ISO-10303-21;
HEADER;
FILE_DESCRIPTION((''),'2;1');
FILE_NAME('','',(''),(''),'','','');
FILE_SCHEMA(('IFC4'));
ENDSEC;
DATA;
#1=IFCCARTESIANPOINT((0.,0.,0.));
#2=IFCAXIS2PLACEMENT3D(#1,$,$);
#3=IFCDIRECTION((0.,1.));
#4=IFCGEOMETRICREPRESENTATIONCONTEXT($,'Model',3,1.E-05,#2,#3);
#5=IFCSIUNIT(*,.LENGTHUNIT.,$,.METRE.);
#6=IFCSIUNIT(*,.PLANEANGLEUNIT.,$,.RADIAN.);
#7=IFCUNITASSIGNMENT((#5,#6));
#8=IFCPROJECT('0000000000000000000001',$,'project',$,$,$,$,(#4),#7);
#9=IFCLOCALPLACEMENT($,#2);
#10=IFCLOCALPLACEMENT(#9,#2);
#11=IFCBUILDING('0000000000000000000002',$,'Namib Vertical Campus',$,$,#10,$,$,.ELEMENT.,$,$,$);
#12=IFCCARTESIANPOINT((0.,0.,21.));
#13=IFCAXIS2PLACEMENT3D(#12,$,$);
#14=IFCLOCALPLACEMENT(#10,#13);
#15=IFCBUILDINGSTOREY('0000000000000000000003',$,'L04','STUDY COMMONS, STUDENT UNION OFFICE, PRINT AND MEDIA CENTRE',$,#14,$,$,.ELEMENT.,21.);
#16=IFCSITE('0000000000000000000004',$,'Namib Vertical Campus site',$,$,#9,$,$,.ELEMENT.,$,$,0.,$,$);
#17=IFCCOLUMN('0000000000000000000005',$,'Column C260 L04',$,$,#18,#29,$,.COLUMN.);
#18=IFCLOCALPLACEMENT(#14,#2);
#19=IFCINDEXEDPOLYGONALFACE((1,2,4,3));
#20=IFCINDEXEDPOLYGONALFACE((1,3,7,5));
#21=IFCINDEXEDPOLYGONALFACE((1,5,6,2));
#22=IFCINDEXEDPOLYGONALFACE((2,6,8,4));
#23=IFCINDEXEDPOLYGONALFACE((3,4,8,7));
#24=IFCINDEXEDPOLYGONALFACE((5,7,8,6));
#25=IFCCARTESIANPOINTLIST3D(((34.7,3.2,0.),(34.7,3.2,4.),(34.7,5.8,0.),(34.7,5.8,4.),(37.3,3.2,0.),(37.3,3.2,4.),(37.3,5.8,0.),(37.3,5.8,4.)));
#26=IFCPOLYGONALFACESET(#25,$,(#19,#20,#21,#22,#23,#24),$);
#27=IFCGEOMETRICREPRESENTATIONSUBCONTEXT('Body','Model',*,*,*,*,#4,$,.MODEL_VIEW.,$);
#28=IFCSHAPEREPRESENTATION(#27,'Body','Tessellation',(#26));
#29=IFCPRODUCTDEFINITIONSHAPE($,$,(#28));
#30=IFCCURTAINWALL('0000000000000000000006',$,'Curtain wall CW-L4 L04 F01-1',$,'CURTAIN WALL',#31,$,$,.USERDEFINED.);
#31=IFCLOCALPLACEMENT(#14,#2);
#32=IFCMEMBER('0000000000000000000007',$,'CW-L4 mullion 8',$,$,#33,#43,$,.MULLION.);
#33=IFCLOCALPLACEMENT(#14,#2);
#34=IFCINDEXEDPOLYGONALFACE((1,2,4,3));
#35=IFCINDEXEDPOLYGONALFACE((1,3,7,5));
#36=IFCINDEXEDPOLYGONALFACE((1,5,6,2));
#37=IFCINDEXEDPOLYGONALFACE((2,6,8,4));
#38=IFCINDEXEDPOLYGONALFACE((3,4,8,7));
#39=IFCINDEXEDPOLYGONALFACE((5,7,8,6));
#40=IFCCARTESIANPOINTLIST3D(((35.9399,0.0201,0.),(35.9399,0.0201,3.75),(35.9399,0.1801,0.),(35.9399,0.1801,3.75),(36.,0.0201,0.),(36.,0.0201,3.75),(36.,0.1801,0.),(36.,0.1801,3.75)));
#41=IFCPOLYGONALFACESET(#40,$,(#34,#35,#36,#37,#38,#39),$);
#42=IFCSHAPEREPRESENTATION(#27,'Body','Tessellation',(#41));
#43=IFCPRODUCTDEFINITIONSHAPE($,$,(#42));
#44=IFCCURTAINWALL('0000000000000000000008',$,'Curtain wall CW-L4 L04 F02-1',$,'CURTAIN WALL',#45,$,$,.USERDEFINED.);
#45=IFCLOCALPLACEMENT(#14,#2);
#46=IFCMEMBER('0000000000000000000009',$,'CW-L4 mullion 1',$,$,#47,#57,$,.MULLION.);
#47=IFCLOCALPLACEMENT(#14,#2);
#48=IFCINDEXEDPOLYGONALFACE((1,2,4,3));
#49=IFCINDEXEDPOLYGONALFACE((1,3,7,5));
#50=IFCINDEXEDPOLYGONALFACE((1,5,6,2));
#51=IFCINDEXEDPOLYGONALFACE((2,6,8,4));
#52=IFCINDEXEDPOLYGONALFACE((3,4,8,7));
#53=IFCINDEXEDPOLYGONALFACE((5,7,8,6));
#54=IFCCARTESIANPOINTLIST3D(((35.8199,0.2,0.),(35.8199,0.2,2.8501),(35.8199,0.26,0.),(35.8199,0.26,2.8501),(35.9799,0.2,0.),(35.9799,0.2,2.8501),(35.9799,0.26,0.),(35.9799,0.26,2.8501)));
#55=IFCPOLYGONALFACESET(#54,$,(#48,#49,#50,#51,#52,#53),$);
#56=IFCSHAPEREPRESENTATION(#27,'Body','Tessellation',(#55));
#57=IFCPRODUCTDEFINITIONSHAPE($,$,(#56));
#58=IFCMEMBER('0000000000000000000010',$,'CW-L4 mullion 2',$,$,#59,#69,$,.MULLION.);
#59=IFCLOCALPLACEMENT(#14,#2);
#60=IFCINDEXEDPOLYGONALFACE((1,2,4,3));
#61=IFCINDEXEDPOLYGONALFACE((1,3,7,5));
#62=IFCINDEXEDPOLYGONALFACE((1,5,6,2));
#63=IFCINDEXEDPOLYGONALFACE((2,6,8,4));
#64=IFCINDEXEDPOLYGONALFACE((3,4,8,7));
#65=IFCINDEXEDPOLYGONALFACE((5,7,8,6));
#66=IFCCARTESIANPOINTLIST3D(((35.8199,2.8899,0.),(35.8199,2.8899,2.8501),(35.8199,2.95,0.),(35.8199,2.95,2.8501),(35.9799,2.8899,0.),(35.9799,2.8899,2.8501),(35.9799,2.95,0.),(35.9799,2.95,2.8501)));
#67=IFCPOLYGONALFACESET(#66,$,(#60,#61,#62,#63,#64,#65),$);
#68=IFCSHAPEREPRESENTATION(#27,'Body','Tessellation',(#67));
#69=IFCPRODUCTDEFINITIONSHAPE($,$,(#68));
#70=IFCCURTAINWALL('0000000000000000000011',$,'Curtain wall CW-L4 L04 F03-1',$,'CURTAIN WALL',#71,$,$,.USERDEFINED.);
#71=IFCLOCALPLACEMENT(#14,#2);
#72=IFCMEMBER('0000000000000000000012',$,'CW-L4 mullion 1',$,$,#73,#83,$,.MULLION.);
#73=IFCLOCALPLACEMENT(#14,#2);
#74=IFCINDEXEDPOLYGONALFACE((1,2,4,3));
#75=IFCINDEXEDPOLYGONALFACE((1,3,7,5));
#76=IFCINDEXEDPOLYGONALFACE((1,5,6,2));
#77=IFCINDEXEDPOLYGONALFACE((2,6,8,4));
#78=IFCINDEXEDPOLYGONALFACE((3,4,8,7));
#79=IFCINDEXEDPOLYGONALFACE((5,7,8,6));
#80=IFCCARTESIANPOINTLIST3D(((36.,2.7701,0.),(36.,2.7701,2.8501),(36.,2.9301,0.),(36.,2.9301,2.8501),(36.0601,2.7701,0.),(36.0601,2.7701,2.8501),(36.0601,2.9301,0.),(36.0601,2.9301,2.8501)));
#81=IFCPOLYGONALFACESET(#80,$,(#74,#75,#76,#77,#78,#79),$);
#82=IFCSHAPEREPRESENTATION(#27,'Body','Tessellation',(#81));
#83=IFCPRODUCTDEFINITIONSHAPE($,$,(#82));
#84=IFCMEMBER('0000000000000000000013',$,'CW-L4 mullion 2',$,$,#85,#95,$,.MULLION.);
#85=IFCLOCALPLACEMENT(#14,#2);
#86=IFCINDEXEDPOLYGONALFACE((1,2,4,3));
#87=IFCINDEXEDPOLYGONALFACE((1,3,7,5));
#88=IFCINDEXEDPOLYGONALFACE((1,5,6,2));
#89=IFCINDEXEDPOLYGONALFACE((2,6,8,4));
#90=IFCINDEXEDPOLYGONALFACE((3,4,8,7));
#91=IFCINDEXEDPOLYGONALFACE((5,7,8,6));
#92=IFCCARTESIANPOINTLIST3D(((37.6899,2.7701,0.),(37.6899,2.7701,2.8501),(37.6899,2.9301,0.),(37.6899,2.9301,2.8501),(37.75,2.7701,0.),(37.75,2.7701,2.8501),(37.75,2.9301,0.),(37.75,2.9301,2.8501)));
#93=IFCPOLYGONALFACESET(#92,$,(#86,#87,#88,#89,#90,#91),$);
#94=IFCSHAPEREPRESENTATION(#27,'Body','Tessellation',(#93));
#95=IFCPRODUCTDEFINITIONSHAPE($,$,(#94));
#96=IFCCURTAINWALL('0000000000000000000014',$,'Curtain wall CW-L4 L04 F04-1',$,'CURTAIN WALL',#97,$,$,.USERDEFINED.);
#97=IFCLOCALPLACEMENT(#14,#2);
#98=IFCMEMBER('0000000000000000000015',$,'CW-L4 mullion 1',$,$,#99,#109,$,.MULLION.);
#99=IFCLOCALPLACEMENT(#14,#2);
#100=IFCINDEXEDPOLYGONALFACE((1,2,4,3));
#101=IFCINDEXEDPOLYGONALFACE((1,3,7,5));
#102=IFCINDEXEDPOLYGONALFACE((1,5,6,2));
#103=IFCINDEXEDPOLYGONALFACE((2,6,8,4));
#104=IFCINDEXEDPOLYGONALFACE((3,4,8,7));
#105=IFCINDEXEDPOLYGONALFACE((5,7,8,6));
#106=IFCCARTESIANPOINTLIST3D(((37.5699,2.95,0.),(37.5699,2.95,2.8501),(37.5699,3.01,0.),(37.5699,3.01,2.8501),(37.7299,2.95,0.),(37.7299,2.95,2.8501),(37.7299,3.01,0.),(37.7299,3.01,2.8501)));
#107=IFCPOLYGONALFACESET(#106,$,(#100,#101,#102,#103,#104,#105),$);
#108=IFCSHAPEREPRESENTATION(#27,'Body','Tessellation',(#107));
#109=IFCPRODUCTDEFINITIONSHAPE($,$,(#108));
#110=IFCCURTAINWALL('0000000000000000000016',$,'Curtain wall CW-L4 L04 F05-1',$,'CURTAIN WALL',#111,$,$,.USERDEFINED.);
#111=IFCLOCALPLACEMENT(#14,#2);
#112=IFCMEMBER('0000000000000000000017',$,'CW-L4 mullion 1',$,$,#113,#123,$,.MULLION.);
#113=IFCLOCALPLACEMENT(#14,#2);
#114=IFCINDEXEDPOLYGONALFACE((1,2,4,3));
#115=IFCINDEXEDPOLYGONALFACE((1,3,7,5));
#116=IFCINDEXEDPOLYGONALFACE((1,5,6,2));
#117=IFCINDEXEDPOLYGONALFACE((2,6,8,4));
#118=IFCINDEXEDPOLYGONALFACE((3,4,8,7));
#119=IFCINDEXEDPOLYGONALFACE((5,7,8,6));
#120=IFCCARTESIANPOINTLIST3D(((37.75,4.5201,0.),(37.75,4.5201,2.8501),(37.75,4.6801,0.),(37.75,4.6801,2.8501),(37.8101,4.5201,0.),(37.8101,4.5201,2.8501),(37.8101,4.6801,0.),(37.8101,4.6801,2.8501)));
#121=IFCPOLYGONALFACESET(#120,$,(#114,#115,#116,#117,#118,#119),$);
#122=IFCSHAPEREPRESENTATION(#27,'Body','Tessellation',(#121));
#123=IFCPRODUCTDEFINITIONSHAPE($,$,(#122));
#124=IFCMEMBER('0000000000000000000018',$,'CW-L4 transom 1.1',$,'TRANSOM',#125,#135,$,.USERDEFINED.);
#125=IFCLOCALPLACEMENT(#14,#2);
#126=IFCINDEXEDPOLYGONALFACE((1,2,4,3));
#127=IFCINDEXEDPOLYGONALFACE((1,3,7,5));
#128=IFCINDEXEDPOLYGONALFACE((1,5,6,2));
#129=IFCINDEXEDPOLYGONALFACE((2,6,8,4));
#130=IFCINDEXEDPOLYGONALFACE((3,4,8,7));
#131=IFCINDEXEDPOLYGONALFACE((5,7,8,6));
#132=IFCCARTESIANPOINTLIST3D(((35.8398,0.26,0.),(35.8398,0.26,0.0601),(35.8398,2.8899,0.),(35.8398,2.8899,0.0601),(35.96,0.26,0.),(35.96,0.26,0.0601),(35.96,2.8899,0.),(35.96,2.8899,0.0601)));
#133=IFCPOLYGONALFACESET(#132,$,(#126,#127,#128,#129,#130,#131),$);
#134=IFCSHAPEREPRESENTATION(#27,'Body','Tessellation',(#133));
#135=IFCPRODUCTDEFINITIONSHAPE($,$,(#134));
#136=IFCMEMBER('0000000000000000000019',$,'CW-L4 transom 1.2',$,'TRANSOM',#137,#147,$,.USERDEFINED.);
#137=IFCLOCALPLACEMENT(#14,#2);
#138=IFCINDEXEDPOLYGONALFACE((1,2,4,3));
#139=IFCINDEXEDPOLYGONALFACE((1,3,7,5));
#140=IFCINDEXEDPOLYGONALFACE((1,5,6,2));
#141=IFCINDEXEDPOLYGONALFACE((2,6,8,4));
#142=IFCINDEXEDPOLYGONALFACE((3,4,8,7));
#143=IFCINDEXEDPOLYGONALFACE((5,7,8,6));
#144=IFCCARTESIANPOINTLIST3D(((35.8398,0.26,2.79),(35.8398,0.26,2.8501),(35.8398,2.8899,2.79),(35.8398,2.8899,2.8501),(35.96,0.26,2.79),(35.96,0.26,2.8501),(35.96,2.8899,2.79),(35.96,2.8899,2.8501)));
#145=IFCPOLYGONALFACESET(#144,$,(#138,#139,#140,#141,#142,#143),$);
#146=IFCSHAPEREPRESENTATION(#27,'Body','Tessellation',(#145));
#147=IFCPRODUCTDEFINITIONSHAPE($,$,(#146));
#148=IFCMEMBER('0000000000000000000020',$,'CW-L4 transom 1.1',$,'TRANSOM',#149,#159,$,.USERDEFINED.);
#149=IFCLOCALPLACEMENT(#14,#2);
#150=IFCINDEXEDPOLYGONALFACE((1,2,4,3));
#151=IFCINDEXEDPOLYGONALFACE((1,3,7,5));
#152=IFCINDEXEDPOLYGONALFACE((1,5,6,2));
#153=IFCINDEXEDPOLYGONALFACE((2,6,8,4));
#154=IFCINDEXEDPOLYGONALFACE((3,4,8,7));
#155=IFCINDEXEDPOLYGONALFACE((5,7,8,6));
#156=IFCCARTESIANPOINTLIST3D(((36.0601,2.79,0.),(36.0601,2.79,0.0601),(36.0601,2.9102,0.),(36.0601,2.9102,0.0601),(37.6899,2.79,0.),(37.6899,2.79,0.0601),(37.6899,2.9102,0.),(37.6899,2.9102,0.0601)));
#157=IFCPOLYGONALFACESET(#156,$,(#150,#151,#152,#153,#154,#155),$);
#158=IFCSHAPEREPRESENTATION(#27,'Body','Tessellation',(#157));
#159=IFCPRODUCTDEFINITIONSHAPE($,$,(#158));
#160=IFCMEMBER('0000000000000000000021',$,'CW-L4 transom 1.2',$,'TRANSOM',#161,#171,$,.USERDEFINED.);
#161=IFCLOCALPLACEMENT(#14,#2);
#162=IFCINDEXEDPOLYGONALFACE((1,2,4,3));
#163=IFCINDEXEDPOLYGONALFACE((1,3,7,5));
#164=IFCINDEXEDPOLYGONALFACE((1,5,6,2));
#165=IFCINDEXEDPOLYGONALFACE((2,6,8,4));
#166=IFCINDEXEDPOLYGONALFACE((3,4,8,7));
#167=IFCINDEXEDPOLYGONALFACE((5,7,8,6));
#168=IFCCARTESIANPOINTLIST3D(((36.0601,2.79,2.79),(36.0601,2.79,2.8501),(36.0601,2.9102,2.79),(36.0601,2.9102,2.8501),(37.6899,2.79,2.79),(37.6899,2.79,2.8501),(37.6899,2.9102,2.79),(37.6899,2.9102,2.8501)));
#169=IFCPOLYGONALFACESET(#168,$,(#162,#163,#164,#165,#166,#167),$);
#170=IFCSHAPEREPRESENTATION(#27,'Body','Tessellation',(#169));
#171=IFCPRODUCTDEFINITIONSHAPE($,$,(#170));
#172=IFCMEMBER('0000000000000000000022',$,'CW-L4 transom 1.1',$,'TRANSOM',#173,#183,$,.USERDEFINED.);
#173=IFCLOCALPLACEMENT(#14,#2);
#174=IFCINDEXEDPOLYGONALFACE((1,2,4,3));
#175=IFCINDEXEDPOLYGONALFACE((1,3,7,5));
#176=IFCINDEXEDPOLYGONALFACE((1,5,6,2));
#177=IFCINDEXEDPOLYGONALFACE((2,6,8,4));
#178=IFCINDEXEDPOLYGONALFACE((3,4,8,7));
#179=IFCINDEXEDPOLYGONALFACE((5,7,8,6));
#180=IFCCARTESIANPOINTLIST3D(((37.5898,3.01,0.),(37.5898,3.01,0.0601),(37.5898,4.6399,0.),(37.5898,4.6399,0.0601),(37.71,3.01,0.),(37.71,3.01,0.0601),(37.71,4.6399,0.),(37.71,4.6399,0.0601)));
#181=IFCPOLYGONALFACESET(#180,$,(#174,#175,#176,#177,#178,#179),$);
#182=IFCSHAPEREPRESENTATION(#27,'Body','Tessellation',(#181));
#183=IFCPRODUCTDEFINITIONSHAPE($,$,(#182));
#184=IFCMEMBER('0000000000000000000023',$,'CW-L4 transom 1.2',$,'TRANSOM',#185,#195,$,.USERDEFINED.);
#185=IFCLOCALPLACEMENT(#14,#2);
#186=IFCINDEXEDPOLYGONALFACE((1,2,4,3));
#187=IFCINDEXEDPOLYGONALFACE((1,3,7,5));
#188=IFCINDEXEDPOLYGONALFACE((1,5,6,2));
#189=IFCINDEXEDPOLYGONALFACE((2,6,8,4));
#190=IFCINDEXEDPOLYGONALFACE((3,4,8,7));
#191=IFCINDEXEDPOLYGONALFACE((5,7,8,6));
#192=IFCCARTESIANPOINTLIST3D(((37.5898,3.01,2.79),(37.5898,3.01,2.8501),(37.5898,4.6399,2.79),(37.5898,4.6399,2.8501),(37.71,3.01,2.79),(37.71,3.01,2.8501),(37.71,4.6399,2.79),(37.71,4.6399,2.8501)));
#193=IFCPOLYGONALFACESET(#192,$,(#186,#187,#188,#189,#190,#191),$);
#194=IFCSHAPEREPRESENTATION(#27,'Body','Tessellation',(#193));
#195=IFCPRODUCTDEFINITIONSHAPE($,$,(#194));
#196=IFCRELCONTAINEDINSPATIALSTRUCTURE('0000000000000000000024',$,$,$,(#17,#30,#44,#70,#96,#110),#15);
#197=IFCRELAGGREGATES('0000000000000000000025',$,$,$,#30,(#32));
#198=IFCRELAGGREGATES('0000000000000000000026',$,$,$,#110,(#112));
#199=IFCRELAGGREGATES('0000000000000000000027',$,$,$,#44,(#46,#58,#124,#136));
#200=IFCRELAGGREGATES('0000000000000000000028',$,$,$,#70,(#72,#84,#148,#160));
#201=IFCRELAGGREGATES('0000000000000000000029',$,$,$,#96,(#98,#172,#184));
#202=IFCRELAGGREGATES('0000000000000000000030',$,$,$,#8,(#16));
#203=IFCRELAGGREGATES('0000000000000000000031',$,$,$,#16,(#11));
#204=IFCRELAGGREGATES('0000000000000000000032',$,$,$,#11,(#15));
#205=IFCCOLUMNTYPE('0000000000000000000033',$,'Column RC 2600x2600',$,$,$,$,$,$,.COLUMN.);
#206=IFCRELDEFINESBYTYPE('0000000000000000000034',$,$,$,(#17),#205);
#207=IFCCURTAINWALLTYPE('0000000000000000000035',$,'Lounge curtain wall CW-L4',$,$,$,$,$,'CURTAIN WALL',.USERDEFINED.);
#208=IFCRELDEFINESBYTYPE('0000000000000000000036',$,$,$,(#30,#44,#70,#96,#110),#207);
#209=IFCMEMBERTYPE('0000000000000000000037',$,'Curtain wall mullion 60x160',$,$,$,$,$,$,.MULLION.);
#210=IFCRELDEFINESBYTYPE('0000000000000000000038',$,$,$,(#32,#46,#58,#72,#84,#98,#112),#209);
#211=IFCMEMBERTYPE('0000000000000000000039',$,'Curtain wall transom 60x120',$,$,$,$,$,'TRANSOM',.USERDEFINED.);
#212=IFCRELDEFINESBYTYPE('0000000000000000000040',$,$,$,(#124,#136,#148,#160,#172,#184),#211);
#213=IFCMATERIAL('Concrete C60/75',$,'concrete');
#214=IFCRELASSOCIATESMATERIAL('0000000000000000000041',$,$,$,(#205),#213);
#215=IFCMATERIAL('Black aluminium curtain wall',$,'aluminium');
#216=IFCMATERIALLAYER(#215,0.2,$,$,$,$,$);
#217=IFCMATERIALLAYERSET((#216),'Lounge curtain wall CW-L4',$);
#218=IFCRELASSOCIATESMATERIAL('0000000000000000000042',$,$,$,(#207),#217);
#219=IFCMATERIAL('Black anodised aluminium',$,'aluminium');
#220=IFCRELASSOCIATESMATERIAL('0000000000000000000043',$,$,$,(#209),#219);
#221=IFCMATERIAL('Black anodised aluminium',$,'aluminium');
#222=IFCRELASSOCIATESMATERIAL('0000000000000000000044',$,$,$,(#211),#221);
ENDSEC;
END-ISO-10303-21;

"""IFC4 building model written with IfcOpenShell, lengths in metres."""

from ifc_helpers import new_model, si_unit, direction, frame, origin, origin_2d, place, context, subcontext, project, spatial, rectangle, extrude, material, layer, layer_set, material_profile, profile_set, type_object, element, aggregate, save


model = new_model("IFC4")

# Units and contexts
model_context = context("Model", 3, precision=1e-05, world=origin(), true_north=direction((0.0, 1.0)))
body_context = subcontext(model_context, "Body", "Model", "MODEL_VIEW")
ifc_project = project(units=[si_unit("LENGTHUNIT", "METRE"), si_unit("PLANEANGLEUNIT", "RADIAN")], contexts=[model_context])

# Site, building, storey
site_placement = place(None, origin())
site = spatial("IfcSite", under=ifc_project, at=site_placement, Name="Namib Vertical Campus site", CompositionType="ELEMENT", RefElevation=0.0)
building_placement = place(site_placement, origin())
building = spatial("IfcBuilding", under=site, at=building_placement, Name="Namib Vertical Campus", CompositionType="ELEMENT")
storey_placement = place(building_placement, frame((0.0, 0.0, 21.0)))
storey = spatial("IfcBuildingStorey", under=building, at=storey_placement, Name="L04", Description="STUDY COMMONS, STUDENT UNION OFFICE, PRINT AND MEDIA CENTRE", CompositionType="ELEMENT", Elevation=21.0)

# Column
ifc_material_1 = material(Name="Concrete C60/75", Category="concrete")
ifc_material_profile_1 = material_profile(ifc_material_1, rectangle(XDim=2.6001, YDim=2.6001, at=origin_2d()))
ifc_profile_set_1 = profile_set([ifc_material_profile_1], Name="Concrete C60/75")
column_type = type_object("IfcColumnType", Name="Column RC 2600x2600", PredefinedType="COLUMN", material=ifc_profile_set_1)
column_placement = place(storey_placement, frame((36.0, 4.5, 0.0), z_axis=(0.0, 0.0, 1.0), x_axis=(1.0, 0.0, 0.0)))
element("IfcColumn", 1, at=column_placement, inside=storey, type_object=column_type, Name="Column C260 L04", PredefinedType="COLUMN", context=body_context, shape_type="SweptSolid", body=[
    extrude(rectangle(XDim=2.6001, YDim=2.6001, at=origin_2d()), origin(), (0.0, 0.0, 1.0), 4.0),
])

# Curtain wall, member
ifc_material_2 = material(Name="Black aluminium curtain wall", Category="aluminium")
ifc_layer_1 = layer(ifc_material_2, 0.2)
ifc_layer_set_1 = layer_set([ifc_layer_1], Name="Lounge curtain wall CW-L4")
curtain_wall_type = type_object("IfcCurtainWallType", Name="Lounge curtain wall CW-L4", ElementType="CURTAIN WALL", PredefinedType="USERDEFINED", material=ifc_layer_set_1)
curtain_wall_1_placement = place(storey_placement, origin())
curtain_wall_1 = element("IfcCurtainWall", 2, at=curtain_wall_1_placement, inside=storey, type_object=curtain_wall_type, Name="Curtain wall CW-L4 L04 F01-1", ObjectType="CURTAIN WALL", PredefinedType="USERDEFINED")
ifc_material_3 = material(Name="Black anodised aluminium", Category="aluminium")
ifc_material_profile_2 = material_profile(ifc_material_3, rectangle(XDim=0.0601, YDim=0.1599, at=origin_2d()))
ifc_profile_set_2 = profile_set([ifc_material_profile_2], Name="Black anodised aluminium")
member_type_1 = type_object("IfcMemberType", Name="Curtain wall mullion 60x160", PredefinedType="MULLION", material=ifc_profile_set_2)
member_1_placement = place(storey_placement, frame((35.97, 0.1001, 0.0), z_axis=(0.0, 0.0, 1.0), x_axis=(1.0, 0.0, 0.0)))
member_1 = element("IfcMember", 3, at=member_1_placement, type_object=member_type_1, Name="CW-L4 mullion 8", PredefinedType="MULLION", context=body_context, shape_type="SweptSolid", body=[
    extrude(rectangle(XDim=0.0601, YDim=0.1599, at=origin_2d()), origin(), (0.0, 0.0, 1.0), 3.75),
])
aggregate(curtain_wall_1, [member_1])

# Curtain walls, members
curtain_wall_2_placement = place(storey_placement, origin())
curtain_wall_2 = element("IfcCurtainWall", 4, at=curtain_wall_2_placement, inside=storey, type_object=curtain_wall_type, Name="Curtain wall CW-L4 L04 F02-1", ObjectType="CURTAIN WALL", PredefinedType="USERDEFINED")
member_2_placement = place(storey_placement, frame((35.8999, 0.23, 0.0), z_axis=(0.0, 0.0, 1.0), x_axis=(0.0, 1.0, 0.0)))
member_2 = element("IfcMember", 5, at=member_2_placement, type_object=member_type_1, Name="CW-L4 mullion 1", PredefinedType="MULLION", context=body_context, shape_type="SweptSolid", body=[
    extrude(rectangle(XDim=0.0601, YDim=0.1599, at=origin_2d()), origin(), (0.0, 0.0, 1.0), 2.8501),
])
member_3_placement = place(storey_placement, frame((35.8999, 2.9199, 0.0), z_axis=(0.0, 0.0, 1.0), x_axis=(0.0, 1.0, 0.0)))
member_3 = element("IfcMember", 6, at=member_3_placement, type_object=member_type_1, Name="CW-L4 mullion 2", PredefinedType="MULLION", context=body_context, shape_type="SweptSolid", body=[
    extrude(rectangle(XDim=0.0601, YDim=0.1599, at=origin_2d()), origin(), (0.0, 0.0, 1.0), 2.8501),
])
curtain_wall_3_placement = place(storey_placement, origin())
curtain_wall_3 = element("IfcCurtainWall", 7, at=curtain_wall_3_placement, inside=storey, type_object=curtain_wall_type, Name="Curtain wall CW-L4 L04 F03-1", ObjectType="CURTAIN WALL", PredefinedType="USERDEFINED")
member_4_placement = place(storey_placement, frame((36.03, 2.8501, 0.0), z_axis=(0.0, 0.0, 1.0), x_axis=(1.0, 0.0, 0.0)))
member_4 = element("IfcMember", 8, at=member_4_placement, type_object=member_type_1, Name="CW-L4 mullion 1", PredefinedType="MULLION", context=body_context, shape_type="SweptSolid", body=[
    extrude(rectangle(XDim=0.0601, YDim=0.1599, at=origin_2d()), origin(), (0.0, 0.0, 1.0), 2.8501),
])
member_5_placement = place(storey_placement, frame((37.72, 2.8501, 0.0), z_axis=(0.0, 0.0, 1.0), x_axis=(1.0, 0.0, 0.0)))
member_5 = element("IfcMember", 9, at=member_5_placement, type_object=member_type_1, Name="CW-L4 mullion 2", PredefinedType="MULLION", context=body_context, shape_type="SweptSolid", body=[
    extrude(rectangle(XDim=0.0601, YDim=0.1599, at=origin_2d()), origin(), (0.0, 0.0, 1.0), 2.8501),
])

# Curtain walls, members
curtain_wall_4_placement = place(storey_placement, origin())
curtain_wall_4 = element("IfcCurtainWall", 10, at=curtain_wall_4_placement, inside=storey, type_object=curtain_wall_type, Name="Curtain wall CW-L4 L04 F04-1", ObjectType="CURTAIN WALL", PredefinedType="USERDEFINED")
member_6_placement = place(storey_placement, frame((37.6499, 2.98, 0.0), z_axis=(0.0, 0.0, 1.0), x_axis=(0.0, 1.0, 0.0)))
member_6 = element("IfcMember", 11, at=member_6_placement, type_object=member_type_1, Name="CW-L4 mullion 1", PredefinedType="MULLION", context=body_context, shape_type="SweptSolid", body=[
    extrude(rectangle(XDim=0.0601, YDim=0.1599, at=origin_2d()), origin(), (0.0, 0.0, 1.0), 2.8501),
])
curtain_wall_5_placement = place(storey_placement, origin())
curtain_wall_5 = element("IfcCurtainWall", 12, at=curtain_wall_5_placement, inside=storey, type_object=curtain_wall_type, Name="Curtain wall CW-L4 L04 F05-1", ObjectType="CURTAIN WALL", PredefinedType="USERDEFINED")
member_7_placement = place(storey_placement, frame((37.78, 4.6001, 0.0), z_axis=(0.0, 0.0, 1.0), x_axis=(1.0, 0.0, 0.0)))
member_7 = element("IfcMember", 13, at=member_7_placement, type_object=member_type_1, Name="CW-L4 mullion 1", PredefinedType="MULLION", context=body_context, shape_type="SweptSolid", body=[
    extrude(rectangle(XDim=0.0601, YDim=0.1599, at=origin_2d()), origin(), (0.0, 0.0, 1.0), 2.8501),
])

# Members
ifc_material_4 = material(Name="Black anodised aluminium", Category="aluminium")
ifc_material_profile_3 = material_profile(ifc_material_4, rectangle(XDim=0.0601, YDim=0.1201, at=origin_2d()))
ifc_profile_set_3 = profile_set([ifc_material_profile_3], Name="Black anodised aluminium")
member_type_2 = type_object("IfcMemberType", Name="Curtain wall transom 60x120", ElementType="TRANSOM", PredefinedType="USERDEFINED", material=ifc_profile_set_3)
member_8_placement = place(storey_placement, frame((35.8999, 0.26, 0.03), z_axis=(0.0, 1.0, 0.0), x_axis=(0.0, 0.0, 1.0)))
member_8 = element("IfcMember", 14, at=member_8_placement, type_object=member_type_2, Name="CW-L4 transom 1.1", ObjectType="TRANSOM", PredefinedType="USERDEFINED", context=body_context, shape_type="SweptSolid", body=[
    extrude(rectangle(XDim=0.0601, YDim=0.1201, at=origin_2d()), origin(), (0.0, 0.0, 1.0), 2.6299),
])
member_9_placement = place(storey_placement, frame((35.8999, 0.26, 2.8201), z_axis=(0.0, 1.0, 0.0), x_axis=(0.0, 0.0, 1.0)))
member_9 = element("IfcMember", 15, at=member_9_placement, type_object=member_type_2, Name="CW-L4 transom 1.2", ObjectType="TRANSOM", PredefinedType="USERDEFINED", context=body_context, shape_type="SweptSolid", body=[
    extrude(rectangle(XDim=0.0601, YDim=0.1201, at=origin_2d()), origin(), (0.0, 0.0, 1.0), 2.6299),
])
member_10_placement = place(storey_placement, frame((36.0601, 2.8501, 0.03), z_axis=(1.0, 0.0, 0.0), x_axis=(0.0, 0.0, 1.0)))
member_10 = element("IfcMember", 16, at=member_10_placement, type_object=member_type_2, Name="CW-L4 transom 1.1", ObjectType="TRANSOM", PredefinedType="USERDEFINED", context=body_context, shape_type="SweptSolid", body=[
    extrude(rectangle(XDim=0.0601, YDim=0.1201, at=origin_2d()), origin(), (0.0, 0.0, 1.0), 1.6299),
])
member_11_placement = place(storey_placement, frame((36.0601, 2.8501, 2.8201), z_axis=(1.0, 0.0, 0.0), x_axis=(0.0, 0.0, 1.0)))
member_11 = element("IfcMember", 17, at=member_11_placement, type_object=member_type_2, Name="CW-L4 transom 1.2", ObjectType="TRANSOM", PredefinedType="USERDEFINED", context=body_context, shape_type="SweptSolid", body=[
    extrude(rectangle(XDim=0.0601, YDim=0.1201, at=origin_2d()), origin(), (0.0, 0.0, 1.0), 1.6299),
])
member_12_placement = place(storey_placement, frame((37.6499, 3.01, 0.03), z_axis=(0.0, 1.0, 0.0), x_axis=(0.0, 0.0, 1.0)))
member_12 = element("IfcMember", 18, at=member_12_placement, type_object=member_type_2, Name="CW-L4 transom 1.1", ObjectType="TRANSOM", PredefinedType="USERDEFINED", context=body_context, shape_type="SweptSolid", body=[
    extrude(rectangle(XDim=0.0601, YDim=0.1201, at=origin_2d()), origin(), (0.0, 0.0, 1.0), 1.6299),
])
member_13_placement = place(storey_placement, frame((37.6499, 3.01, 2.8201), z_axis=(0.0, 1.0, 0.0), x_axis=(0.0, 0.0, 1.0)))
member_13 = element("IfcMember", 19, at=member_13_placement, type_object=member_type_2, Name="CW-L4 transom 1.2", ObjectType="TRANSOM", PredefinedType="USERDEFINED", context=body_context, shape_type="SweptSolid", body=[
    extrude(rectangle(XDim=0.0601, YDim=0.1201, at=origin_2d()), origin(), (0.0, 0.0, 1.0), 1.6299),
])
aggregate(curtain_wall_5, [member_7])

aggregate(curtain_wall_2, [member_2, member_3, member_8, member_9])
aggregate(curtain_wall_3, [member_4, member_5, member_10, member_11])
aggregate(curtain_wall_4, [member_6, member_12, member_13])

save(model, "model.ifc")
